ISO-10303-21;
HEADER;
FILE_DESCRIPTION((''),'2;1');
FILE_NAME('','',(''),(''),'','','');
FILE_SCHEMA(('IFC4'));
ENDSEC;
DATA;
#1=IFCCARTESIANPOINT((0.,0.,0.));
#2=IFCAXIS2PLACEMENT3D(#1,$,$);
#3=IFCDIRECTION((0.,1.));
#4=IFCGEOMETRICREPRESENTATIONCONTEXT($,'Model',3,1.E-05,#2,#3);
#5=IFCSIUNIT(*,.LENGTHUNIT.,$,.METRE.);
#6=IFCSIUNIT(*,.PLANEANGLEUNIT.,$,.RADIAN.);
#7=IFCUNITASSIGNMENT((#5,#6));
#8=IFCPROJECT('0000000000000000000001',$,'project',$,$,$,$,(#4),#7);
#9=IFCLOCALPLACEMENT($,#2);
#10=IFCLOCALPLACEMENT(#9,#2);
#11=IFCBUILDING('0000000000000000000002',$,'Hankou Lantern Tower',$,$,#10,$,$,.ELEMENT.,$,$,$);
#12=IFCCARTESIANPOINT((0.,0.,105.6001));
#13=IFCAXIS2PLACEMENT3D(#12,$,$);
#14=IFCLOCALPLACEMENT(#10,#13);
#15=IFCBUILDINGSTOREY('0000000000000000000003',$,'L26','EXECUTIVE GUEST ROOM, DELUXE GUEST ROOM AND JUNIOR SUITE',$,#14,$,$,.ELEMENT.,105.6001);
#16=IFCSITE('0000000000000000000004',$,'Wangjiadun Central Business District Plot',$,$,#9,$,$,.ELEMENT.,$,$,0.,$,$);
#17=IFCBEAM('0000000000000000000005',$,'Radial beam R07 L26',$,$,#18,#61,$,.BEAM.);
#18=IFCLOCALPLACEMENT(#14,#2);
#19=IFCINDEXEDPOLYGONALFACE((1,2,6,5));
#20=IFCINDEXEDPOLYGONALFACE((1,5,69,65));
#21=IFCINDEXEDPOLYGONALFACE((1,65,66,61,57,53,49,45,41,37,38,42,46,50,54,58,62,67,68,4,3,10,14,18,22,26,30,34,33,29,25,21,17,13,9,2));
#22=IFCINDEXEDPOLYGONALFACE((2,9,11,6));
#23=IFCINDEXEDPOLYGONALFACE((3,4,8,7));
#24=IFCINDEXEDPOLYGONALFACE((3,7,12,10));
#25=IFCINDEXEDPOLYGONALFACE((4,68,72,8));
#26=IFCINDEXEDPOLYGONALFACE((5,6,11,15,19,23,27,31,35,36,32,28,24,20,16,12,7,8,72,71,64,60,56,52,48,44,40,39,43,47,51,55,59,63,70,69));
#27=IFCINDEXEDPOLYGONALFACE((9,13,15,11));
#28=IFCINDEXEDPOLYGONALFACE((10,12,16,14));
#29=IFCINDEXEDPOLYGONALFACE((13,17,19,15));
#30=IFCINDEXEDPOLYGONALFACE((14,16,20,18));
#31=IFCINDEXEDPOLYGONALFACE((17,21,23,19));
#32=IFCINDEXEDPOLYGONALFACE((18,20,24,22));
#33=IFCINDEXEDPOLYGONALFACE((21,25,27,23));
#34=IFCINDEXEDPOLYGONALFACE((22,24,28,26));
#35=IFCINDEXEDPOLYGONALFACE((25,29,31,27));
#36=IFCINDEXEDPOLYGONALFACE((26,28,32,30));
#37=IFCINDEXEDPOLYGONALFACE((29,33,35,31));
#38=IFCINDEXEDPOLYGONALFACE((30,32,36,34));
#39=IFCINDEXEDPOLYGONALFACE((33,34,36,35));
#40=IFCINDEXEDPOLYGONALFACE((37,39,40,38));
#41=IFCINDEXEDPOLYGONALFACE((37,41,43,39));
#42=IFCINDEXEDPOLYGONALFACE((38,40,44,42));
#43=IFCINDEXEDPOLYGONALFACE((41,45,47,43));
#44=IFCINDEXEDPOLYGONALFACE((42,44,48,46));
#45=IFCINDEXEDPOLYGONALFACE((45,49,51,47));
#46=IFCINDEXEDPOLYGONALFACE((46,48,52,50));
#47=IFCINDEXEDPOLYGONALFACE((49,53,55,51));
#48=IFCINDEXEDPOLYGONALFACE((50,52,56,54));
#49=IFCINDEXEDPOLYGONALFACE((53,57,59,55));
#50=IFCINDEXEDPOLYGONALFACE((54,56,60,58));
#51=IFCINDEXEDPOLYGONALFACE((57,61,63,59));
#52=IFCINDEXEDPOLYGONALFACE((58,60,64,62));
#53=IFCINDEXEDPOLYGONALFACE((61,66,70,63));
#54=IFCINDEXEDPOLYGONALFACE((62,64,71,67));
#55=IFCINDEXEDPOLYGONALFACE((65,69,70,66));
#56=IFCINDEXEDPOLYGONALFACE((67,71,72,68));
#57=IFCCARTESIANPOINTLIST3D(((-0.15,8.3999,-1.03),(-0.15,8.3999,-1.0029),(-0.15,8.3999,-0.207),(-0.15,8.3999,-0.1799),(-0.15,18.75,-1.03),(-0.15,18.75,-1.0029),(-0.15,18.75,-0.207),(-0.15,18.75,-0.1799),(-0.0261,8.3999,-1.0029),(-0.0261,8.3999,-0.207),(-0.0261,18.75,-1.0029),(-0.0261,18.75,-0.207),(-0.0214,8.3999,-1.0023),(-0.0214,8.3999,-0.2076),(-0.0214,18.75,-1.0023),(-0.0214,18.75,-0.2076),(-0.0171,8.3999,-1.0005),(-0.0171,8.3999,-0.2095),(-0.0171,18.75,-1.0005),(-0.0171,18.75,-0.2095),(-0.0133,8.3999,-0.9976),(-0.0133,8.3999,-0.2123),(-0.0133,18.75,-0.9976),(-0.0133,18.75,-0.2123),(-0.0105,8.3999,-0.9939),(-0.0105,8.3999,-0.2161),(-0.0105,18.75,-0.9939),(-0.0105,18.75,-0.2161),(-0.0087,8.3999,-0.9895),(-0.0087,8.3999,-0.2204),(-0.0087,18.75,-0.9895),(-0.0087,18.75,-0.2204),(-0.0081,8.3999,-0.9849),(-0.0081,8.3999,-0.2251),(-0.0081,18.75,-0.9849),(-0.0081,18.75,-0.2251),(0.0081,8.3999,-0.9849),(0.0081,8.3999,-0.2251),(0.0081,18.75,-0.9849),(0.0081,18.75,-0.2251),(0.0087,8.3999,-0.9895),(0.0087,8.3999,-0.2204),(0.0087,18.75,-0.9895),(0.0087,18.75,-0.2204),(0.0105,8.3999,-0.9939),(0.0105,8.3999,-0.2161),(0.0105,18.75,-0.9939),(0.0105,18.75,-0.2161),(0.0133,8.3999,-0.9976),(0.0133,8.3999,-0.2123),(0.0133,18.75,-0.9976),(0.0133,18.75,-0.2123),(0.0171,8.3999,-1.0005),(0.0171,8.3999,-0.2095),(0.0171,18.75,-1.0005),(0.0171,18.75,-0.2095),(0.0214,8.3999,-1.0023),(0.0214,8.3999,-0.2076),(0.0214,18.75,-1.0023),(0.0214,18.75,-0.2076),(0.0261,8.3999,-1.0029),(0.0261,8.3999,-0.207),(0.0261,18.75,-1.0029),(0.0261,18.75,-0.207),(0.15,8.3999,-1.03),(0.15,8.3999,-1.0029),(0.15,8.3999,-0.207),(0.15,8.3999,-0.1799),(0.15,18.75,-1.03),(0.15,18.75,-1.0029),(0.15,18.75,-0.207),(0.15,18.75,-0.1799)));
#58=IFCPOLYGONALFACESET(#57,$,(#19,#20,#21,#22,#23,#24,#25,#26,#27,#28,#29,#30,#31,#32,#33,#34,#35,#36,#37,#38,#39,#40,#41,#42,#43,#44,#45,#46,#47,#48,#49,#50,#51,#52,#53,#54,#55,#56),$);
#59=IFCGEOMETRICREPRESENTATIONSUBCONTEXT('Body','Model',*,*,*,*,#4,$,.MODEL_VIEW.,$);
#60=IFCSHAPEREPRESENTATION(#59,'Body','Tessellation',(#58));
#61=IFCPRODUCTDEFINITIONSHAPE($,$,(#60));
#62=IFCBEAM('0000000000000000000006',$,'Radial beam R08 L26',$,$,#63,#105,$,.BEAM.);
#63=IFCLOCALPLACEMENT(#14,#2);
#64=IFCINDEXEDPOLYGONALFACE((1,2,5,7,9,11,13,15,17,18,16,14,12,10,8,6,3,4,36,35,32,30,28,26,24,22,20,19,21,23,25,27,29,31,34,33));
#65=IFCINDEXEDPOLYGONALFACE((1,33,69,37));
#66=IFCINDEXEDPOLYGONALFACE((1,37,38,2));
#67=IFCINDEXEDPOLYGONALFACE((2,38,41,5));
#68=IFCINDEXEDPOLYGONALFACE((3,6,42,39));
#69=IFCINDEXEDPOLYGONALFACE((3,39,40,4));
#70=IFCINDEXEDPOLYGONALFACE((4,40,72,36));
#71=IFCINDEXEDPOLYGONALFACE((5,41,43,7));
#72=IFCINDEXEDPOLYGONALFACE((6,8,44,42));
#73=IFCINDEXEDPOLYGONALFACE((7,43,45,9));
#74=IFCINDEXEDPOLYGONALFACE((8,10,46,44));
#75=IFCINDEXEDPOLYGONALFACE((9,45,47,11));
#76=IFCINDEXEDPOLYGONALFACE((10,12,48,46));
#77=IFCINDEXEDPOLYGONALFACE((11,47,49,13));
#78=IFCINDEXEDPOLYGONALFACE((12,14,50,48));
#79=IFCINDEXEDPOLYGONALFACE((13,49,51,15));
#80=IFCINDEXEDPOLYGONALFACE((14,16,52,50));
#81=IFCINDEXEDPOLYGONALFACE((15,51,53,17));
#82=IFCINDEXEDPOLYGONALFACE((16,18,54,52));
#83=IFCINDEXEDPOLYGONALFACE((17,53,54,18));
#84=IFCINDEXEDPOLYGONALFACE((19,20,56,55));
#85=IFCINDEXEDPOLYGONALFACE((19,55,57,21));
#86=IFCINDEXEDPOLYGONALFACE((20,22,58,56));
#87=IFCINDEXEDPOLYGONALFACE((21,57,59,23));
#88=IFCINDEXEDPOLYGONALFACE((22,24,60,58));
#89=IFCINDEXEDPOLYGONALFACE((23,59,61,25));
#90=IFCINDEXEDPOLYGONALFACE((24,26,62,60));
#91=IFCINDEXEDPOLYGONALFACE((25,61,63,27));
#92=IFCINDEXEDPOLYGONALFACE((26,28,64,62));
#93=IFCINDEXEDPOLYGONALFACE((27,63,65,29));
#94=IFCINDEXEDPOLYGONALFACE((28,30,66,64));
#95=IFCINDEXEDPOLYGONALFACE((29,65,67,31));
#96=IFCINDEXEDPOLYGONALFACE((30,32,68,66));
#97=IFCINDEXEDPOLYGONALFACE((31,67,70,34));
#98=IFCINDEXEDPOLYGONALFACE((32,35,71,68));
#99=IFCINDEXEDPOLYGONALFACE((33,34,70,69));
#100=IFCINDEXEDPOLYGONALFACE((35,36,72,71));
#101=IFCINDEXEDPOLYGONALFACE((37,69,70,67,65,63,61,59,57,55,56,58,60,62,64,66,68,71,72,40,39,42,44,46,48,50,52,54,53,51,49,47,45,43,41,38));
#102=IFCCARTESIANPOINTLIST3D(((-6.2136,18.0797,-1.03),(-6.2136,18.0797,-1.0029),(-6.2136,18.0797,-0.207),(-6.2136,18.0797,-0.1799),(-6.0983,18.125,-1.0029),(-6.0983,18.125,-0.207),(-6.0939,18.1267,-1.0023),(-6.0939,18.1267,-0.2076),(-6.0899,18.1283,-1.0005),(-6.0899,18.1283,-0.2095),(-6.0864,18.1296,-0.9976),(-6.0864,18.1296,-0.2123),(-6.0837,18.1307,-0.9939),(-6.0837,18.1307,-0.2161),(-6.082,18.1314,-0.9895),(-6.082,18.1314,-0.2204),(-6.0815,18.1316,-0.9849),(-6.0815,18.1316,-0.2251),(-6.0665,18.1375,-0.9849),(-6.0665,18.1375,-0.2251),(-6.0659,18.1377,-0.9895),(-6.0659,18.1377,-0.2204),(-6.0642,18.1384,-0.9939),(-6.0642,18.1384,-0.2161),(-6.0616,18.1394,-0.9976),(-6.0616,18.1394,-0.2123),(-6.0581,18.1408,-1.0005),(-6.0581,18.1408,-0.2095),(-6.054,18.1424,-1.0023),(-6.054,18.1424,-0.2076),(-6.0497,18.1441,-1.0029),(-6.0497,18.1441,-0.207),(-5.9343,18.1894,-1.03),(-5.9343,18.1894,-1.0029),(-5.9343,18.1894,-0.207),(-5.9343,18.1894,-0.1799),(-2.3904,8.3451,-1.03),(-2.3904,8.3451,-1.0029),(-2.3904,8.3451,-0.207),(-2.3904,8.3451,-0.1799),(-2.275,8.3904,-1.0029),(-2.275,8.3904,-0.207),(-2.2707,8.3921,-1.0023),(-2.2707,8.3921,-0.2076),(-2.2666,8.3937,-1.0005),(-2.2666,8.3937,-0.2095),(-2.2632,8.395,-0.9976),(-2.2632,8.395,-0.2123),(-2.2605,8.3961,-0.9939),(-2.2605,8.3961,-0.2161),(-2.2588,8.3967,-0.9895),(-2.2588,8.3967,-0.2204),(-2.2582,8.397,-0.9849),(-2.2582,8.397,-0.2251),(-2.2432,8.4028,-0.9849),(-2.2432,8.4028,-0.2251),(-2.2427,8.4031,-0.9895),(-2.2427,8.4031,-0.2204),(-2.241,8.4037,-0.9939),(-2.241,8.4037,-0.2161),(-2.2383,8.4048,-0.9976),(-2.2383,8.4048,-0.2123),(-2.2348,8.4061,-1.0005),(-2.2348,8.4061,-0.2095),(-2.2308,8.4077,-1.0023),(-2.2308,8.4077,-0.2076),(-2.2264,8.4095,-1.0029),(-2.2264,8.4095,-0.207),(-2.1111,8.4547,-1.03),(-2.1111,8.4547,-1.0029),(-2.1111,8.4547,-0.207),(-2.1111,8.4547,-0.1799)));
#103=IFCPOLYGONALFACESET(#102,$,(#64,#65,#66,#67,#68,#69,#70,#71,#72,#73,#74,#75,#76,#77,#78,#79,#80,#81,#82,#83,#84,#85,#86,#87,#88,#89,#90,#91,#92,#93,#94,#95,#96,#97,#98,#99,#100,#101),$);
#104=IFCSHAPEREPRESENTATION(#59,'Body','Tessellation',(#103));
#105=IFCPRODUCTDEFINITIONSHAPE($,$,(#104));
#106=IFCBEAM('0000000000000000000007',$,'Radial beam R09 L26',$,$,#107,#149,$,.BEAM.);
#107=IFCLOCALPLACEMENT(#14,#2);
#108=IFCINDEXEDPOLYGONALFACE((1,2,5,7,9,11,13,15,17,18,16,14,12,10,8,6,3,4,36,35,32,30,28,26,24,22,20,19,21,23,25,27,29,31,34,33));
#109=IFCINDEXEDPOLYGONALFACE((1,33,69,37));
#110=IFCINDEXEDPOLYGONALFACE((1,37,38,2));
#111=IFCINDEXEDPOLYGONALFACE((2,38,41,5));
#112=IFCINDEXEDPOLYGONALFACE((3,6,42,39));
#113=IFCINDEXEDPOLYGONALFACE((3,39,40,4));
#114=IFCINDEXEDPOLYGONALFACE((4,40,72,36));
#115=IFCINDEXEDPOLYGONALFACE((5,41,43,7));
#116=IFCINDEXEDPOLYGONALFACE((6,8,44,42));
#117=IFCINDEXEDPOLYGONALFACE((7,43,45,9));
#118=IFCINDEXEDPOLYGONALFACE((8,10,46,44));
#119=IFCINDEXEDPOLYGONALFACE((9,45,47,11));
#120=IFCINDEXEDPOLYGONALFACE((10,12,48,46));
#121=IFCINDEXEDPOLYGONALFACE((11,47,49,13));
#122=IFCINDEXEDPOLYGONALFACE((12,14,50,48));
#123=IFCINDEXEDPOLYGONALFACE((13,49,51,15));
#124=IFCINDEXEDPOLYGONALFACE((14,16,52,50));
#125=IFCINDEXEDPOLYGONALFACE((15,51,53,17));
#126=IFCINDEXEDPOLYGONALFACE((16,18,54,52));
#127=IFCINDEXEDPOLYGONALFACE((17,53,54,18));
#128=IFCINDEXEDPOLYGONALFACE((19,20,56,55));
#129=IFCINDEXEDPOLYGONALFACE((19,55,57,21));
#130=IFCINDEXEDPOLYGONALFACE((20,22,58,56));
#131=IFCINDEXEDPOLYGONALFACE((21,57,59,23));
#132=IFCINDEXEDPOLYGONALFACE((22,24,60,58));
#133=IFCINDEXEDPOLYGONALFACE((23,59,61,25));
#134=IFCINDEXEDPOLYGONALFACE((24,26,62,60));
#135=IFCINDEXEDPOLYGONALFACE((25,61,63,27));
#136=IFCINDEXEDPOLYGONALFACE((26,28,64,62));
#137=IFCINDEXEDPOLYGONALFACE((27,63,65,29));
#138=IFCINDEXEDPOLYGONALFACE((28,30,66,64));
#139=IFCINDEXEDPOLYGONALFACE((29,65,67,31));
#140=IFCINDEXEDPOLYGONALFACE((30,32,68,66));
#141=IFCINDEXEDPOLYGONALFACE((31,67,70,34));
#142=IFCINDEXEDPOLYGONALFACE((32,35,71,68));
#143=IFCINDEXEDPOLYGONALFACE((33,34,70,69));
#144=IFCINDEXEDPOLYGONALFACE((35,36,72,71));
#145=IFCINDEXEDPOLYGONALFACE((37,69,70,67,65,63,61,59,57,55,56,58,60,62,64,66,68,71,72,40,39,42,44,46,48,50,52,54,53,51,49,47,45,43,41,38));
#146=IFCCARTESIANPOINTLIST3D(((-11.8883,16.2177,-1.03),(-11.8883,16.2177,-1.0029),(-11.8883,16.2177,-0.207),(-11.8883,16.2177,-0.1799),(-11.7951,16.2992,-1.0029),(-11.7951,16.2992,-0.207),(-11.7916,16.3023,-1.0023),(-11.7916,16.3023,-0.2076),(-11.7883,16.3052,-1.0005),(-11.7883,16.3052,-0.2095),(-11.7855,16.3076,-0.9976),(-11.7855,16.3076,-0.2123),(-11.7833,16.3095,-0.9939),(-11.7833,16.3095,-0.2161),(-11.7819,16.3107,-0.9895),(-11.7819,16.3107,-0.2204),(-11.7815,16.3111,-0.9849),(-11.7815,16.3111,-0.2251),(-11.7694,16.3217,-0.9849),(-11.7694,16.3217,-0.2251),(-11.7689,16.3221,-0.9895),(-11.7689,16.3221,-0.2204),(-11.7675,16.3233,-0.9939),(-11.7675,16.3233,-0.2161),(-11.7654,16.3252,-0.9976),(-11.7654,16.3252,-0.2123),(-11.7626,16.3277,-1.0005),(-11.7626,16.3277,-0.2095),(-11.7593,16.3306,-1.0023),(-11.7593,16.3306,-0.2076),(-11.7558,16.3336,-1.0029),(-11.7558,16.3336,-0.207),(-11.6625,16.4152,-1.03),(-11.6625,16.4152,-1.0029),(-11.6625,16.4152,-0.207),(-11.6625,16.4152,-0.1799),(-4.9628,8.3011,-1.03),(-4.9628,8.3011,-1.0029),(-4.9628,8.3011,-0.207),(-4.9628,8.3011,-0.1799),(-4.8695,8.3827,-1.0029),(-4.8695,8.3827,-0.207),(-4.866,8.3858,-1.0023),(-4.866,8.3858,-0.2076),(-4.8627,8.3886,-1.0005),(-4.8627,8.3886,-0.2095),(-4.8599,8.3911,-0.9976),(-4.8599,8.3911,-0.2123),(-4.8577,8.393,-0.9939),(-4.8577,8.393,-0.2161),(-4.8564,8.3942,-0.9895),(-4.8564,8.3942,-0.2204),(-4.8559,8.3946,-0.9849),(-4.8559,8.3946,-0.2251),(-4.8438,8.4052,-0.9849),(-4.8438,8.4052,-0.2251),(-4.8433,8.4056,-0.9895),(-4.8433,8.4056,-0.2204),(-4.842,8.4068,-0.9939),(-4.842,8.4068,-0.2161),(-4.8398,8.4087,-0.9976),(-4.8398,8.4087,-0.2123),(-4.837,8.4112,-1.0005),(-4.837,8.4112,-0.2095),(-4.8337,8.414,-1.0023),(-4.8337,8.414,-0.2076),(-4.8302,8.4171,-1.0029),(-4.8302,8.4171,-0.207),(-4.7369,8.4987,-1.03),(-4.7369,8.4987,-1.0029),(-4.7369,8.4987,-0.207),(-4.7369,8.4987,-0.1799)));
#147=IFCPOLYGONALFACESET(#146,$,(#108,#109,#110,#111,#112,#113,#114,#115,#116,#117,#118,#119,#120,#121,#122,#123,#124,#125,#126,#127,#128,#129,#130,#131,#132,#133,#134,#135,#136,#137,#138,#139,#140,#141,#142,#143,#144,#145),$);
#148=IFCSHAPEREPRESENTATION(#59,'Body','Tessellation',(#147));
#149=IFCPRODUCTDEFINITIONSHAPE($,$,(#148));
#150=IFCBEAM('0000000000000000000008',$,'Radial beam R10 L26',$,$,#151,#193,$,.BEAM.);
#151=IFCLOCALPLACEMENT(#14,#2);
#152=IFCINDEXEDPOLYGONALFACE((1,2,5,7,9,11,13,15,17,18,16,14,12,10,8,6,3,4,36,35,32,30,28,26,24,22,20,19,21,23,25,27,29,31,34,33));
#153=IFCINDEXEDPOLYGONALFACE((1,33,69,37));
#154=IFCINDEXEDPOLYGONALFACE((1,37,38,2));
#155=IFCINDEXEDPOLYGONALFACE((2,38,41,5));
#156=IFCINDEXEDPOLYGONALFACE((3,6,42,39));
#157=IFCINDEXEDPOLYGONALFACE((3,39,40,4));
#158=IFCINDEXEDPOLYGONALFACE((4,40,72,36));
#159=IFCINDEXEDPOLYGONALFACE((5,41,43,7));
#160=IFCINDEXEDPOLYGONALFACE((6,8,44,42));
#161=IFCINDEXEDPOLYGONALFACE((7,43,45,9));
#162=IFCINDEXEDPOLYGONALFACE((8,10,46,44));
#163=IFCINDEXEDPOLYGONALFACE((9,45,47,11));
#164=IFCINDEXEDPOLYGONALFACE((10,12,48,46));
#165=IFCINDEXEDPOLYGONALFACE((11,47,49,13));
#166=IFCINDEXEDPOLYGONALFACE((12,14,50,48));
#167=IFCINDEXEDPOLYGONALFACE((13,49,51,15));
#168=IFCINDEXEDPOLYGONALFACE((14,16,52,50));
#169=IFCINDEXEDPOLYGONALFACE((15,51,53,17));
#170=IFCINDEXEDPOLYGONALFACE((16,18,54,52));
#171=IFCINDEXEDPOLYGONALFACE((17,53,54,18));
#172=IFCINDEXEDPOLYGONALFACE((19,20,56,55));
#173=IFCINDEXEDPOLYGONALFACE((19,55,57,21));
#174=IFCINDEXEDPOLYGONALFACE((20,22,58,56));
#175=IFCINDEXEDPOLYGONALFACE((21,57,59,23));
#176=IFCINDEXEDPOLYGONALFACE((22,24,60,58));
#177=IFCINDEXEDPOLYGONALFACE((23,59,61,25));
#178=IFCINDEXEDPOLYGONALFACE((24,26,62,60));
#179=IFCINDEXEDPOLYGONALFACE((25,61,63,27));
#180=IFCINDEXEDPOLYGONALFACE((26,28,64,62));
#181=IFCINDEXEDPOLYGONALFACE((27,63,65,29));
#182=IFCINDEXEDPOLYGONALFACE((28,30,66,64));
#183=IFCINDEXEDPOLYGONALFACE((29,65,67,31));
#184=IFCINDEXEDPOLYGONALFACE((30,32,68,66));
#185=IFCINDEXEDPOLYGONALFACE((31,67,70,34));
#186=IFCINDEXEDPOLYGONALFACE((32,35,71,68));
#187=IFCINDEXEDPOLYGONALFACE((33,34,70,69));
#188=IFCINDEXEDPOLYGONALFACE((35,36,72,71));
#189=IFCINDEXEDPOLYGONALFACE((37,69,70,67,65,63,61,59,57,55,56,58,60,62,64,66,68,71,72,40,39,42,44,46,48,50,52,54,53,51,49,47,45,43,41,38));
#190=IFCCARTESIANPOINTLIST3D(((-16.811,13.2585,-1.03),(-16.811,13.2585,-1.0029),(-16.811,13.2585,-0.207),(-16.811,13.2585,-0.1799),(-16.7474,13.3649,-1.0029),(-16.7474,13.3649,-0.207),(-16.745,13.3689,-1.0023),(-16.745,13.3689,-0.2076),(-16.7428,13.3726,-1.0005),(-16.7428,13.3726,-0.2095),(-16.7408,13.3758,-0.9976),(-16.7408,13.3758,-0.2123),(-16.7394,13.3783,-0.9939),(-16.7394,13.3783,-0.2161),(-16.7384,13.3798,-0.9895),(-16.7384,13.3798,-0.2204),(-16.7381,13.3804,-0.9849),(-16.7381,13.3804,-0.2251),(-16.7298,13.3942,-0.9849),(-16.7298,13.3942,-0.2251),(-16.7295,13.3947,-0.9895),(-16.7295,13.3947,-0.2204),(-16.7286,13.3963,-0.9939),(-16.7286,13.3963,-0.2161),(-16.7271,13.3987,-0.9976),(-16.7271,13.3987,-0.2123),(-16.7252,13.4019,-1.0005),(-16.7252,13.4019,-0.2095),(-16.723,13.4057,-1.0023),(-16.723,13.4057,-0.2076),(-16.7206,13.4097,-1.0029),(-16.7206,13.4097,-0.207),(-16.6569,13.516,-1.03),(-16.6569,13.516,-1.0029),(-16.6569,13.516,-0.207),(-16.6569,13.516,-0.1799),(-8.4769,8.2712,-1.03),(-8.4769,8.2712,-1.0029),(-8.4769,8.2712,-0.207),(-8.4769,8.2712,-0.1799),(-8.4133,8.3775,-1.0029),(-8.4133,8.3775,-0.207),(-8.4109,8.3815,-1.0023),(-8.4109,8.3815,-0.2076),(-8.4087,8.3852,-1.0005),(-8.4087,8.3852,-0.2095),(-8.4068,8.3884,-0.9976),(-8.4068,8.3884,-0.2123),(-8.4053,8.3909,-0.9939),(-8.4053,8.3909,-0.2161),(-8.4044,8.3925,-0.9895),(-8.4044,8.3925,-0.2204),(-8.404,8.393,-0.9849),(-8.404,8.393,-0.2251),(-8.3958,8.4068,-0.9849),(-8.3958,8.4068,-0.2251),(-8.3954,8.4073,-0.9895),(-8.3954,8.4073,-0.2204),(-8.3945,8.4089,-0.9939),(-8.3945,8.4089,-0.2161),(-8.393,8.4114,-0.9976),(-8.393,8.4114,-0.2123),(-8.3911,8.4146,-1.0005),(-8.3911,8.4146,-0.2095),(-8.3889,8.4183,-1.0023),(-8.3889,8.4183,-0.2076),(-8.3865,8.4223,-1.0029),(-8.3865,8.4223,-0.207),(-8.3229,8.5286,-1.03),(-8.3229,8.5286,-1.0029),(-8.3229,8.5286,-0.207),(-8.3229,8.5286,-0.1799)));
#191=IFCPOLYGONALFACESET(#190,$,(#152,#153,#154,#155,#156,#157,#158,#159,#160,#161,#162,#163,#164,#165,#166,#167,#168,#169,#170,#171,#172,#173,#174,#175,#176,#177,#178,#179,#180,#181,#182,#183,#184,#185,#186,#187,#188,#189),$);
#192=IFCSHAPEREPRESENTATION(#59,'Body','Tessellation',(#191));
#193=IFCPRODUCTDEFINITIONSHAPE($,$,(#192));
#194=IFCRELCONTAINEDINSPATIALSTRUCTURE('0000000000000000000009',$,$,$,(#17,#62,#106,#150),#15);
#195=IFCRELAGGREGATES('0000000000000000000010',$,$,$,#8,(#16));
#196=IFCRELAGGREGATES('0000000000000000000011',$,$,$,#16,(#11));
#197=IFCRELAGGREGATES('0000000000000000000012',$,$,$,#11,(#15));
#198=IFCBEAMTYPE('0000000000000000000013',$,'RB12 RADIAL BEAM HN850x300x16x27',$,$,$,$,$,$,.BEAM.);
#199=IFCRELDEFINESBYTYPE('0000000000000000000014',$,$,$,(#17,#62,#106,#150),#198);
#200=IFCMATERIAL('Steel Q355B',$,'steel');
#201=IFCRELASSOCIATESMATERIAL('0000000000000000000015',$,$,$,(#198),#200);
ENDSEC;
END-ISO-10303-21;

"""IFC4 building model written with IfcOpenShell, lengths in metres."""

from ifc_helpers import new_model, si_unit, direction, frame, origin, origin_2d, place, context, subcontext, project, spatial, i_section, extrude, material, material_profile, profile_set, type_object, element, save


model = new_model("IFC4")

# Units and contexts
model_context = context("Model", 3, precision=1e-05, world=origin(), true_north=direction((0.0, 1.0)))
body_context = subcontext(model_context, "Body", "Model", "MODEL_VIEW")
ifc_project = project(units=[si_unit("LENGTHUNIT", "METRE"), si_unit("PLANEANGLEUNIT", "RADIAN")], contexts=[model_context])

# Site, building, storey
site_placement = place(None, origin())
site = spatial("IfcSite", under=ifc_project, at=site_placement, Name="Wangjiadun Central Business District Plot", CompositionType="ELEMENT", RefElevation=0.0)
building_placement = place(site_placement, origin())
building = spatial("IfcBuilding", under=site, at=building_placement, Name="Hankou Lantern Tower", CompositionType="ELEMENT")
storey_placement = place(building_placement, frame((0.0, 0.0, 105.6001)))
storey = spatial("IfcBuildingStorey", under=building, at=storey_placement, Name="L26", Description="EXECUTIVE GUEST ROOM, DELUXE GUEST ROOM AND JUNIOR SUITE", CompositionType="ELEMENT", Elevation=105.6001)

# Beams
ifc_material_1 = material(Name="Steel Q355B", Category="steel")
ifc_material_profile = material_profile(ifc_material_1, i_section(OverallWidth=0.3, OverallDepth=0.8501, WebThickness=0.0161, FlangeThickness=0.0271, FilletRadius=0.0181, at=origin_2d()), Name="HN850x300x16x27")
ifc_profile_set = profile_set([ifc_material_profile], Name="Steel Q355B")
beam_type = type_object("IfcBeamType", Name="RB12 RADIAL BEAM HN850x300x16x27", PredefinedType="BEAM", material=ifc_profile_set)
beam_1_placement = place(storey_placement, frame((0.0, 8.3999, -0.605), z_axis=(0.0, 1.0, 0.0), x_axis=(-1.0, 0.0, 0.0)))
element("IfcBeam", 1, at=beam_1_placement, inside=storey, type_object=beam_type, Name="Radial beam R07 L26", PredefinedType="BEAM", context=body_context, shape_type="SweptSolid", body=[
    extrude(i_section(OverallWidth=0.3, OverallDepth=0.8501, WebThickness=0.0161, FlangeThickness=0.0271, FilletRadius=0.0181, at=origin_2d()), origin(), (0.0, 0.0, 1.0), 10.3501),
])
beam_2_placement = place(storey_placement, frame((-2.2507, 8.3999, -0.605), z_axis=(-0.365564, 0.930786, 0.0), x_axis=(-0.930786, -0.365564, 0.0)))
element("IfcBeam", 2, at=beam_2_placement, inside=storey, type_object=beam_type, Name="Radial beam R08 L26", PredefinedType="BEAM", context=body_context, shape_type="SweptSolid", body=[
    extrude(i_section(OverallWidth=0.3, OverallDepth=0.8501, WebThickness=0.0161, FlangeThickness=0.0271, FilletRadius=0.0181, at=origin_2d()), origin(), (0.0, 0.0, 1.0), 10.4585),
])
beam_3_placement = place(storey_placement, frame((-4.8499, 8.3999, -0.605), z_axis=(-0.658429, 0.752643, 0.0), x_axis=(-0.752643, -0.658429, 0.0)))
element("IfcBeam", 3, at=beam_3_placement, inside=storey, type_object=beam_type, Name="Radial beam R09 L26", PredefinedType="BEAM", context=body_context, shape_type="SweptSolid", body=[
    extrude(i_section(OverallWidth=0.3, OverallDepth=0.8501, WebThickness=0.0161, FlangeThickness=0.0271, FilletRadius=0.0181, at=origin_2d()), origin(), (0.0, 0.0, 1.0), 10.5183),
])
beam_4_placement = place(storey_placement, frame((-8.3999, 8.3999, -0.605), z_axis=(-0.858087, 0.513505, 0.0), x_axis=(-0.513505, -0.858087, 0.0)))
element("IfcBeam", 4, at=beam_4_placement, inside=storey, type_object=beam_type, Name="Radial beam R10 L26", PredefinedType="BEAM", context=body_context, shape_type="SweptSolid", body=[
    extrude(i_section(OverallWidth=0.3, OverallDepth=0.8501, WebThickness=0.0161, FlangeThickness=0.0271, FilletRadius=0.0181, at=origin_2d()), origin(), (0.0, 0.0, 1.0), 9.7124),
])

save(model, "model.ifc")
